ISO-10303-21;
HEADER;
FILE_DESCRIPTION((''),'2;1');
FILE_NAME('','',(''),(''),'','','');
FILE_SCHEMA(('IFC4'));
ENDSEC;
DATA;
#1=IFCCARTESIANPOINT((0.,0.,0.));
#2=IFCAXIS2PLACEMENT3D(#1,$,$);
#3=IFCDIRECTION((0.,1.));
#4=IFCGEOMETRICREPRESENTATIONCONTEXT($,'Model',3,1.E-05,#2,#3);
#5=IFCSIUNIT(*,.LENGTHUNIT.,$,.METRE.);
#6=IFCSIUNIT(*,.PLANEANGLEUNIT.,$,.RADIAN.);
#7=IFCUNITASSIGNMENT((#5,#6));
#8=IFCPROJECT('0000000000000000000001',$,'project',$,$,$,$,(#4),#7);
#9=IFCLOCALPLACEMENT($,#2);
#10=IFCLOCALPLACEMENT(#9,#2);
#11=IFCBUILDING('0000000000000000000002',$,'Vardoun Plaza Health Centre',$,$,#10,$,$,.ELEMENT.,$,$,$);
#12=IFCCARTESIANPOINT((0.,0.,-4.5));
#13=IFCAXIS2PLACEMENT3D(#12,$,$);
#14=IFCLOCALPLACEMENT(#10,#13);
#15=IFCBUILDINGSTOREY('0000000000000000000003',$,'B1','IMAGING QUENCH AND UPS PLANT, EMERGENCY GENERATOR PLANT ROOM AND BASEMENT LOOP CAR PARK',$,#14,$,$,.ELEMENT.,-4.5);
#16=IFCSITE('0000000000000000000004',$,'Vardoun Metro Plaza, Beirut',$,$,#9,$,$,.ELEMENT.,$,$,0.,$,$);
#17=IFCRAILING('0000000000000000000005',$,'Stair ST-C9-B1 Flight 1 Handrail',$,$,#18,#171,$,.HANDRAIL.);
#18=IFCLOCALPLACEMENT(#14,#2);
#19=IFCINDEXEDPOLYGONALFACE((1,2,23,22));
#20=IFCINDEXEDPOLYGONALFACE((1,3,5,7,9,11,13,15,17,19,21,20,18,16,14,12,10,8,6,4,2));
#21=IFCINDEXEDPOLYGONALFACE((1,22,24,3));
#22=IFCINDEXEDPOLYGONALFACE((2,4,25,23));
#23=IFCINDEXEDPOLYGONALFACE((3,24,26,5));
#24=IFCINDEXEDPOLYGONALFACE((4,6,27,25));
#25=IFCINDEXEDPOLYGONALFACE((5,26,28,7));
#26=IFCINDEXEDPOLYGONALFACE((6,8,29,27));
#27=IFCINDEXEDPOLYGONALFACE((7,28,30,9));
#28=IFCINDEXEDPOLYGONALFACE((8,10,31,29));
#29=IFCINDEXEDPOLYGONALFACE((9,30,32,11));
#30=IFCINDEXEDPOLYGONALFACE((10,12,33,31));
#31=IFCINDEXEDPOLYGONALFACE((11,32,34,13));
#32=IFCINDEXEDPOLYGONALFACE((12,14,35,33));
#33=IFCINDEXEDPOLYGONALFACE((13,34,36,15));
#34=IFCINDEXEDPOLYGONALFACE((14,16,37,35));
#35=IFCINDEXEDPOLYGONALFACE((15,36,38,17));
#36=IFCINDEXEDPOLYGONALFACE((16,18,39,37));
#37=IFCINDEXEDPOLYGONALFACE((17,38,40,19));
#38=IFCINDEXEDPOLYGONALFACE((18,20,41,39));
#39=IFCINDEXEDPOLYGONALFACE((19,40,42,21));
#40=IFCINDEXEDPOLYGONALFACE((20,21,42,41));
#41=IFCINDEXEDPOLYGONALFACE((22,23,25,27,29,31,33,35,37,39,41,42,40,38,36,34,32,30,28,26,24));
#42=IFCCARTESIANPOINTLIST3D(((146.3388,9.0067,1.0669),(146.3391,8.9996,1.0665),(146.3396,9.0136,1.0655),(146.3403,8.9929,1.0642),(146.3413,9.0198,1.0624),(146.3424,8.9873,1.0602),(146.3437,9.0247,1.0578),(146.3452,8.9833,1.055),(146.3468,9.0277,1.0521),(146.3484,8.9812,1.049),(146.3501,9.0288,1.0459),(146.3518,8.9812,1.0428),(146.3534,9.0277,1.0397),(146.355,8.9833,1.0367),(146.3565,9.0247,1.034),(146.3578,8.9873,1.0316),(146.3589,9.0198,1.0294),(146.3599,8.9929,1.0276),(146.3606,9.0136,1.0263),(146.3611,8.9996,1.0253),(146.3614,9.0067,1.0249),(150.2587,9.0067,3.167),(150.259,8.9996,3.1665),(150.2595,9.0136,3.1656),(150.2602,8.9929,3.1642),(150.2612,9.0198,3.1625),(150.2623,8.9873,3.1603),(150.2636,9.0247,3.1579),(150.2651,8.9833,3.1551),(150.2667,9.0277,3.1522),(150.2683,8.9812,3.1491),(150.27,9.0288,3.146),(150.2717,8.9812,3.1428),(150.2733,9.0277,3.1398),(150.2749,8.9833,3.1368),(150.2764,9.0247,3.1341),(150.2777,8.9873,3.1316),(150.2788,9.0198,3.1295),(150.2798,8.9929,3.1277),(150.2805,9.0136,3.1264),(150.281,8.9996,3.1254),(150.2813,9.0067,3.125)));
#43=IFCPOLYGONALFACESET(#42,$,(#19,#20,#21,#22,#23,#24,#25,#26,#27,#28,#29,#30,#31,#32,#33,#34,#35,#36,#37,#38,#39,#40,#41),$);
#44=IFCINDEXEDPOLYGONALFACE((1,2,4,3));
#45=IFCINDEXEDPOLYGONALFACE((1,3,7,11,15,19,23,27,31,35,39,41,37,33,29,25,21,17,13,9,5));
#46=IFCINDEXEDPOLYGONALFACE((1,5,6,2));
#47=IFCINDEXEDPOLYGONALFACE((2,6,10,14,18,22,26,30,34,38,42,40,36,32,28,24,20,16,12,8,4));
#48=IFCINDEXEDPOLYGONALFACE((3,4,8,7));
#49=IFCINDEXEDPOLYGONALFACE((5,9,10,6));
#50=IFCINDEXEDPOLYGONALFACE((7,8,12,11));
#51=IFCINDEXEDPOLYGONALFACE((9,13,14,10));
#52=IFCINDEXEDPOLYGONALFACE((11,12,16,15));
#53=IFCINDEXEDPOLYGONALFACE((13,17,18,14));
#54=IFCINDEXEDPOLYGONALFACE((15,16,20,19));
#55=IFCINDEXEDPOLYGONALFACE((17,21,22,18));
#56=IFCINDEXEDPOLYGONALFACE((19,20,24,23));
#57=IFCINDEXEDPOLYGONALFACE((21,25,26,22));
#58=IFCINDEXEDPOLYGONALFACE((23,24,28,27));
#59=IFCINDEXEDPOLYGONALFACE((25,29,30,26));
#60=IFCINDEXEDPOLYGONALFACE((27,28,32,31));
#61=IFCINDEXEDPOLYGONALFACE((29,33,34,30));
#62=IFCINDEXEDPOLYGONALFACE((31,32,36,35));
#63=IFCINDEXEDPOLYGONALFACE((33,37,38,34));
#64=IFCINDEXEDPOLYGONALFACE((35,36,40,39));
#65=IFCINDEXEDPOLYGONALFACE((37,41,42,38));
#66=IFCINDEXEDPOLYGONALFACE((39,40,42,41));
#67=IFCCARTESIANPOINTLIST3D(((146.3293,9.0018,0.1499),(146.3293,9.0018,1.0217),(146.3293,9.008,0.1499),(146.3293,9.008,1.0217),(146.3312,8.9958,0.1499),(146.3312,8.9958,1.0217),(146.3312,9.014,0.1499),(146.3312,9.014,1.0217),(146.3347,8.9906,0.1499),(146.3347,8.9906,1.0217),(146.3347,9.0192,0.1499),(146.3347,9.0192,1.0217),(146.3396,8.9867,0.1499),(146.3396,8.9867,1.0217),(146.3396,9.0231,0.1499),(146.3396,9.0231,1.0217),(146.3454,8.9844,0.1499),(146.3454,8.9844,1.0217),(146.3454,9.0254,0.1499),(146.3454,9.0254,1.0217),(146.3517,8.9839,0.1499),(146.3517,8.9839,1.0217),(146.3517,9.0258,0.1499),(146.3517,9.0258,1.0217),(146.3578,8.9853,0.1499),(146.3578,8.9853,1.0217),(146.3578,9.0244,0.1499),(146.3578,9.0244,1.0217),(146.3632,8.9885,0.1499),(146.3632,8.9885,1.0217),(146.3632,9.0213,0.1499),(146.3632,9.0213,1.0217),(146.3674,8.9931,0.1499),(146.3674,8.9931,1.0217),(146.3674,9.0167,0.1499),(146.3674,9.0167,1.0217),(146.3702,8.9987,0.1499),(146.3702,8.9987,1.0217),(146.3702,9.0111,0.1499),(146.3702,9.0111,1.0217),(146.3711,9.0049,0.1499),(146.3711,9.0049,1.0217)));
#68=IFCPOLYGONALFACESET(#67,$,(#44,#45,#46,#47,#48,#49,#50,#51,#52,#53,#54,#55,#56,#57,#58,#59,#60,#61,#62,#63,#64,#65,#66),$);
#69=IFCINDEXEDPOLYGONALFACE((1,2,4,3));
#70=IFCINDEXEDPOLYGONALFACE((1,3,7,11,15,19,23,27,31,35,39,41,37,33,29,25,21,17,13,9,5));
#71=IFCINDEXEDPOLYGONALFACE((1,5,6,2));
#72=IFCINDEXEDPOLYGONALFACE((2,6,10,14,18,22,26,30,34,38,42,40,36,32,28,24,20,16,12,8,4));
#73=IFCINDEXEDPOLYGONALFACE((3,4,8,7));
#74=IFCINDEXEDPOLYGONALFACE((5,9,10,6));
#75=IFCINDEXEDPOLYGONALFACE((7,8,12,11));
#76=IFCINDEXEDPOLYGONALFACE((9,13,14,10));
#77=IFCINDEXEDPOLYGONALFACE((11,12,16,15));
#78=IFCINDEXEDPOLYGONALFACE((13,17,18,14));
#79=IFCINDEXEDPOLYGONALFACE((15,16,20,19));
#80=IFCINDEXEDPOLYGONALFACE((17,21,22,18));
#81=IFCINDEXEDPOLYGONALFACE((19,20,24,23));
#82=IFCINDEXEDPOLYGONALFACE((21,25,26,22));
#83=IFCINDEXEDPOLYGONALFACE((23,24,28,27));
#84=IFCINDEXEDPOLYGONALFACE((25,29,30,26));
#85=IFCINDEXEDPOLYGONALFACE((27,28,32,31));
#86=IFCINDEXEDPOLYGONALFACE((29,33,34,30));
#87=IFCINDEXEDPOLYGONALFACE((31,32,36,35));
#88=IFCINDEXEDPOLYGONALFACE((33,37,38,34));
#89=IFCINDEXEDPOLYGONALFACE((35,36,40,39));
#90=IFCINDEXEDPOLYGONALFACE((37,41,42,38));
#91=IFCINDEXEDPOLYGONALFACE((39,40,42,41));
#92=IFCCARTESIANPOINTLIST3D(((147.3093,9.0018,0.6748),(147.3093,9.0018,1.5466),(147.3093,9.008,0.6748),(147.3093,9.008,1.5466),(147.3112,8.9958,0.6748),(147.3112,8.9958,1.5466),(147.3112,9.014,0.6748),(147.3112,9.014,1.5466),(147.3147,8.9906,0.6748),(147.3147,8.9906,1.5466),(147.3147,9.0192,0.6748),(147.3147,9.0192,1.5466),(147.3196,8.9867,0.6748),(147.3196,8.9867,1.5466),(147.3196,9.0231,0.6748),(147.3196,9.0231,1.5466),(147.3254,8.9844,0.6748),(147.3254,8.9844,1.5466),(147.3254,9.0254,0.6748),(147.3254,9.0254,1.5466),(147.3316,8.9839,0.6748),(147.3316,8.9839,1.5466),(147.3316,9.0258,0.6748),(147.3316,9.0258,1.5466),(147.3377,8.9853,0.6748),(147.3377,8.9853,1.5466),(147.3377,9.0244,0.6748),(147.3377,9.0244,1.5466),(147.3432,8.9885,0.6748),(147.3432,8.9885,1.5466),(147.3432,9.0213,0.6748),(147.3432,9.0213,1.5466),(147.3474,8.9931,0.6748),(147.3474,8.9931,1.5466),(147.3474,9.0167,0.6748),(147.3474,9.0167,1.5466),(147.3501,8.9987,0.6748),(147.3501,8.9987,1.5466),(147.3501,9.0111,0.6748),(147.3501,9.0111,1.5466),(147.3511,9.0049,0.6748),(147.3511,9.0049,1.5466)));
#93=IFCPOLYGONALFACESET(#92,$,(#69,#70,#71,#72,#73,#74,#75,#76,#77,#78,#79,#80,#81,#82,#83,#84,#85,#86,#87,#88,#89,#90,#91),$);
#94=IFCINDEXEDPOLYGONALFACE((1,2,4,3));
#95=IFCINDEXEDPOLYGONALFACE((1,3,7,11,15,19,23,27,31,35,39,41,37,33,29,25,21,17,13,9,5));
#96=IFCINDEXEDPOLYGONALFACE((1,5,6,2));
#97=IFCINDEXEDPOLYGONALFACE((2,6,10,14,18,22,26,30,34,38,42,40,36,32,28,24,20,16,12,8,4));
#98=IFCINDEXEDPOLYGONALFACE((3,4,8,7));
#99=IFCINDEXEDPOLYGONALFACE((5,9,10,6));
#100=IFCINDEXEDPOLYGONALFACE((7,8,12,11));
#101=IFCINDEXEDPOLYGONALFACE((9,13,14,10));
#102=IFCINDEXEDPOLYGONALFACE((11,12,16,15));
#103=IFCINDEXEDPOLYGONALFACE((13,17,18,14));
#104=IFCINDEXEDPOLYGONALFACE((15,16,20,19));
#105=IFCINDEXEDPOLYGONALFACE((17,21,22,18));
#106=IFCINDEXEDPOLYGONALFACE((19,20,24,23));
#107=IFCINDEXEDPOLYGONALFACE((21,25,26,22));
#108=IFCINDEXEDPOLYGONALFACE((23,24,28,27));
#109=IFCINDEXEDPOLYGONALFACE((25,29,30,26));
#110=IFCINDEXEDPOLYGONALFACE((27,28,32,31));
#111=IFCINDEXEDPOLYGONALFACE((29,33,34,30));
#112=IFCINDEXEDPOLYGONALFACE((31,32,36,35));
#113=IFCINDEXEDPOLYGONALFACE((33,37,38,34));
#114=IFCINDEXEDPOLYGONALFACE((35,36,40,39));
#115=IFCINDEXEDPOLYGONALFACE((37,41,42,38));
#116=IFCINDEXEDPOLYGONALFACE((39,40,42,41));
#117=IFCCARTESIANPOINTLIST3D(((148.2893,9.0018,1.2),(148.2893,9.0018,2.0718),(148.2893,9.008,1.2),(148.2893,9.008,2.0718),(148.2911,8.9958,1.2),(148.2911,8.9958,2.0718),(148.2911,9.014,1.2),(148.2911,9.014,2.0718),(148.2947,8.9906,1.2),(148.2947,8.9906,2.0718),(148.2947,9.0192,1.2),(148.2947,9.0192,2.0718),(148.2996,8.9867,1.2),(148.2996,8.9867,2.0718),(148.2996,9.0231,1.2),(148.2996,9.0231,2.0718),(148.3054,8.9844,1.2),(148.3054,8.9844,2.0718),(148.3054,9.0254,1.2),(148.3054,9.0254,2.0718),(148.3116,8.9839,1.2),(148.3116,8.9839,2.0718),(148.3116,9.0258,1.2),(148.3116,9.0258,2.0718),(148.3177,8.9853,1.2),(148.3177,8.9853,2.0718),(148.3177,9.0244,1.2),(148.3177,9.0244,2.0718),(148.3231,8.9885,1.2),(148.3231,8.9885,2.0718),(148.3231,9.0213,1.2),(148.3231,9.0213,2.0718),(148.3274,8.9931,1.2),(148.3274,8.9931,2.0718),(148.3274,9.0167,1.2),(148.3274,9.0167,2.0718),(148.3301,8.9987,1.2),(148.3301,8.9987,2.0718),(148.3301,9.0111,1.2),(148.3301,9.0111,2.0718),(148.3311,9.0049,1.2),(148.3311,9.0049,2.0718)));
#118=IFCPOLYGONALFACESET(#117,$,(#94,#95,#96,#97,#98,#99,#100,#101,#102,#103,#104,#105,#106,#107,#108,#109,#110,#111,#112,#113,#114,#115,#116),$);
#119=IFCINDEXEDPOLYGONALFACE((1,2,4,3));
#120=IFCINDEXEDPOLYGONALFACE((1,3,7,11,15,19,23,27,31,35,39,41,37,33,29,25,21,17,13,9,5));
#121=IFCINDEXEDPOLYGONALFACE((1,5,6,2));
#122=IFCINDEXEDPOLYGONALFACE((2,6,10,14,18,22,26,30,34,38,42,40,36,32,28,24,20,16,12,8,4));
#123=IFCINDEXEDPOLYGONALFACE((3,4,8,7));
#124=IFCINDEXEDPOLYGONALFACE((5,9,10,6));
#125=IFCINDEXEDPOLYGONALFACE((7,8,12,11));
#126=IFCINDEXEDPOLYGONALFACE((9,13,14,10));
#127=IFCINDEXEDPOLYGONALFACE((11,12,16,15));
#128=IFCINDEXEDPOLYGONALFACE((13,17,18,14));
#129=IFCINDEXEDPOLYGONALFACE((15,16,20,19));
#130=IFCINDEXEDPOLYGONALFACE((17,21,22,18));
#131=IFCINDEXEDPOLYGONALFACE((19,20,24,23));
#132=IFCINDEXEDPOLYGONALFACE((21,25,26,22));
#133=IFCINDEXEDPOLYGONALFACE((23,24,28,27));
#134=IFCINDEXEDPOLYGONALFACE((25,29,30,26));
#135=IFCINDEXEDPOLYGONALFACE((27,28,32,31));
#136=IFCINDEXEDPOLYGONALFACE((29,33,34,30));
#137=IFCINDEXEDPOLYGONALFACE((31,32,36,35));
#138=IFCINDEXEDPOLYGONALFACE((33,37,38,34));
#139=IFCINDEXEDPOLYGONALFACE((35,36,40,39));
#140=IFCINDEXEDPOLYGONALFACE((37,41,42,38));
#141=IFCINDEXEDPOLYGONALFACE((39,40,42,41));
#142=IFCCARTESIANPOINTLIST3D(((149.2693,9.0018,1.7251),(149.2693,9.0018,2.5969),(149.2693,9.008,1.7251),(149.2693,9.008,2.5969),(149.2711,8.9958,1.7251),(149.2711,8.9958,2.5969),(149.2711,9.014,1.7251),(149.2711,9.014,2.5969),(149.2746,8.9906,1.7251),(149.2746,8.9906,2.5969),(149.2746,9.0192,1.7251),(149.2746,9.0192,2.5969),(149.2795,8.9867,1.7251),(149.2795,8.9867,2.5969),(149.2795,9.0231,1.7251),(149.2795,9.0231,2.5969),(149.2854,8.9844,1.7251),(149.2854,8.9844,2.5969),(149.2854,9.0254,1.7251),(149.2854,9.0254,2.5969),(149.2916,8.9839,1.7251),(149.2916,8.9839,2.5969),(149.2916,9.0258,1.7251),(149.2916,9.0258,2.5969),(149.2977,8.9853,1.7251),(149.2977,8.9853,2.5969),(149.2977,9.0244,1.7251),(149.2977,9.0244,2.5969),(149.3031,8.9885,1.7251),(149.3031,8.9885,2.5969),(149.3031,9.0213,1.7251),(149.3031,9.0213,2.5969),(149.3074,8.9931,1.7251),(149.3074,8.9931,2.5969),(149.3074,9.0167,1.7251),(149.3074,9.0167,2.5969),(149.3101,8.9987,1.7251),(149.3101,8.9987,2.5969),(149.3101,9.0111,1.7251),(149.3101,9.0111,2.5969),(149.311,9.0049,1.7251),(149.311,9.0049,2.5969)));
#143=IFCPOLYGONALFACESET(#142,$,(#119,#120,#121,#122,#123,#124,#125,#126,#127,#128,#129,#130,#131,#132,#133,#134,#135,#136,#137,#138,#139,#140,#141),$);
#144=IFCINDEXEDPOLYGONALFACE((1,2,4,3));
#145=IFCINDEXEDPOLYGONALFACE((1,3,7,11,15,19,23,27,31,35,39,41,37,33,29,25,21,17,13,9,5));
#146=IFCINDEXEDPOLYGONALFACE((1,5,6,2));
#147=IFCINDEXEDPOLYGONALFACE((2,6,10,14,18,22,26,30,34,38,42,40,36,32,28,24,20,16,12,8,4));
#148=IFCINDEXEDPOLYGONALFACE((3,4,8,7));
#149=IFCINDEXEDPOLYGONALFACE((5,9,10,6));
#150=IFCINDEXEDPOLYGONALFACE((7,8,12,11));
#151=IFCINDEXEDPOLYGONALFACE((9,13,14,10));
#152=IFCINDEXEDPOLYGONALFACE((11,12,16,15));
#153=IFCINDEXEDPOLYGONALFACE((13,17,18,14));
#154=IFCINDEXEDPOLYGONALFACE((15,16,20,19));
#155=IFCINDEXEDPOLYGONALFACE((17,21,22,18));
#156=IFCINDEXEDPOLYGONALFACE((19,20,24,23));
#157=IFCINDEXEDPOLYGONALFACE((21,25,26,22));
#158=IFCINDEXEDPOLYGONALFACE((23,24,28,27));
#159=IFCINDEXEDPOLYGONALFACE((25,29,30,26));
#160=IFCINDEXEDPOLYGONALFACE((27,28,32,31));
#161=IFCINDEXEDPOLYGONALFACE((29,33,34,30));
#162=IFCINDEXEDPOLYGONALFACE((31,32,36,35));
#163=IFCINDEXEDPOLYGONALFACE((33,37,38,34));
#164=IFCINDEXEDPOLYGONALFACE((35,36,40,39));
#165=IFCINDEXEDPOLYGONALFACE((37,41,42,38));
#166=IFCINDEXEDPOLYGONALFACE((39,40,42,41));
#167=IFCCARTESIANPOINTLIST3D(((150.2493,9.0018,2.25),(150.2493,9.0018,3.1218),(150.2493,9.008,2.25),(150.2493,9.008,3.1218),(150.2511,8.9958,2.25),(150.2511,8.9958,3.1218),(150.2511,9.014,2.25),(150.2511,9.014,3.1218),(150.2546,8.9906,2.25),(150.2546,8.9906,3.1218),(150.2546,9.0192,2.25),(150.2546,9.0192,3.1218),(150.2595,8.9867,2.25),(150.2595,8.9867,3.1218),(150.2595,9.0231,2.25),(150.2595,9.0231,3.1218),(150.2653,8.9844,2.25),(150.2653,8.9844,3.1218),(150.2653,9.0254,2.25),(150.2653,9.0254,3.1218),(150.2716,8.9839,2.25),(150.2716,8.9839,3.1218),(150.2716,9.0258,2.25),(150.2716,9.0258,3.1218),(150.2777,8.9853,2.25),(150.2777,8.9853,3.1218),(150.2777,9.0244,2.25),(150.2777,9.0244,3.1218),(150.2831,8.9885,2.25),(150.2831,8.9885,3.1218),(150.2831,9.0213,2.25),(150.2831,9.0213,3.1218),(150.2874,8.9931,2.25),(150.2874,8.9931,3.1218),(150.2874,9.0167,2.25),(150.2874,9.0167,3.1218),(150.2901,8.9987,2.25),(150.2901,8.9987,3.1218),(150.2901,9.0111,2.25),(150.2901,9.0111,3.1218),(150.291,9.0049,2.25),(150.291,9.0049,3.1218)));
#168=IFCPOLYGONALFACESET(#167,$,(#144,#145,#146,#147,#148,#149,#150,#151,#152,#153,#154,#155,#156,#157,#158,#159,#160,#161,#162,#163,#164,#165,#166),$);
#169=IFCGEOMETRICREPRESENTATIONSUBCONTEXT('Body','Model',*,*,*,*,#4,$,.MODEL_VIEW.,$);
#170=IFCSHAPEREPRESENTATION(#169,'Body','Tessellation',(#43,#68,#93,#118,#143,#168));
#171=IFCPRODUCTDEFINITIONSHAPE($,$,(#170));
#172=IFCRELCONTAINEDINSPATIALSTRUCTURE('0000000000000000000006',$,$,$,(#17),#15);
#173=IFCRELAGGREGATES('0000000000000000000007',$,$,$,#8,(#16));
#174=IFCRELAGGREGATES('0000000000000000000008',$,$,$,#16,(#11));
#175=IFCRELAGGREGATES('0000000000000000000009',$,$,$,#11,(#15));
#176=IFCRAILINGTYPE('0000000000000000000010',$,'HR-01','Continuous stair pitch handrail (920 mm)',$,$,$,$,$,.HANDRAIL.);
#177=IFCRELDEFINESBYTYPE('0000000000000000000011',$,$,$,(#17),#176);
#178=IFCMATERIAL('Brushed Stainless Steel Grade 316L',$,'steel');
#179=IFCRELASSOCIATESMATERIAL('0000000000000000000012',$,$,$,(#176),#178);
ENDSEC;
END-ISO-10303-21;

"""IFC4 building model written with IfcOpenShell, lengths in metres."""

from ifc_helpers import new_model, si_unit, direction, frame, origin, origin_2d, place, context, subcontext, project, spatial, circle, extrude, material, type_object, element, save


model = new_model("IFC4")

# Units and contexts
model_context = context("Model", 3, precision=1e-05, world=origin(), true_north=direction((0.0, 1.0)))
body_context = subcontext(model_context, "Body", "Model", "MODEL_VIEW")
ifc_project = project(units=[si_unit("LENGTHUNIT", "METRE"), si_unit("PLANEANGLEUNIT", "RADIAN")], contexts=[model_context])

# Site, building, storey
site_placement = place(None, origin())
site = spatial("IfcSite", under=ifc_project, at=site_placement, Name="Vardoun Metro Plaza, Beirut", CompositionType="ELEMENT", RefElevation=0.0)
building_placement = place(site_placement, origin())
building = spatial("IfcBuilding", under=site, at=building_placement, Name="Vardoun Plaza Health Centre", CompositionType="ELEMENT")
storey_placement = place(building_placement, frame((0.0, 0.0, -4.5)))
storey = spatial("IfcBuildingStorey", under=building, at=storey_placement, Name="B1", Description="IMAGING QUENCH AND UPS PLANT, EMERGENCY GENERATOR PLANT ROOM AND BASEMENT LOOP CAR PARK", CompositionType="ELEMENT", Elevation=-4.5)

# Railing
ifc_material_1 = material(Name="Brushed Stainless Steel Grade 316L", Category="steel")
railing_type_1 = type_object("IfcRailingType", Name="HR-01", Description="Continuous stair pitch handrail (920 mm)", PredefinedType="HANDRAIL", material=ifc_material_1)
railing_1_placement = place(storey_placement, frame((146.3501, 9.0049, 0.1499)))
element("IfcRailing", 1, at=railing_1_placement, inside=storey, type_object=railing_type_1, Name="Stair ST-C9-B1 Flight 1 Handrail", PredefinedType="HANDRAIL", context=body_context, shape_type="SweptSolid", body=[
    extrude(circle(Radius=0.0239, at=origin_2d()), frame((0.0, 0.0, 0.896), z_axis=(0.881467, 0.0, 0.472246), x_axis=(0.0, 1.0, 0.0)), (0.0, 0.0, 1.0), 4.447),
    extrude(circle(Radius=0.021, at=origin_2d()), origin(), (0.0, 0.0, 1.0), 0.8718),
    extrude(circle(Radius=0.021, at=origin_2d()), frame((0.98, 0.0, 0.5249)), (0.0, 0.0, 1.0), 0.8718),
    extrude(circle(Radius=0.021, at=origin_2d()), frame((1.96, 0.0, 1.05)), (0.0, 0.0, 1.0), 0.8718),
    extrude(circle(Radius=0.021, at=origin_2d()), frame((2.9399, 0.0, 1.5752)), (0.0, 0.0, 1.0), 0.8718),
    extrude(circle(Radius=0.021, at=origin_2d()), frame((3.9199, 0.0, 2.1001)), (0.0, 0.0, 1.0), 0.8718),
])

save(model, "model.ifc")
